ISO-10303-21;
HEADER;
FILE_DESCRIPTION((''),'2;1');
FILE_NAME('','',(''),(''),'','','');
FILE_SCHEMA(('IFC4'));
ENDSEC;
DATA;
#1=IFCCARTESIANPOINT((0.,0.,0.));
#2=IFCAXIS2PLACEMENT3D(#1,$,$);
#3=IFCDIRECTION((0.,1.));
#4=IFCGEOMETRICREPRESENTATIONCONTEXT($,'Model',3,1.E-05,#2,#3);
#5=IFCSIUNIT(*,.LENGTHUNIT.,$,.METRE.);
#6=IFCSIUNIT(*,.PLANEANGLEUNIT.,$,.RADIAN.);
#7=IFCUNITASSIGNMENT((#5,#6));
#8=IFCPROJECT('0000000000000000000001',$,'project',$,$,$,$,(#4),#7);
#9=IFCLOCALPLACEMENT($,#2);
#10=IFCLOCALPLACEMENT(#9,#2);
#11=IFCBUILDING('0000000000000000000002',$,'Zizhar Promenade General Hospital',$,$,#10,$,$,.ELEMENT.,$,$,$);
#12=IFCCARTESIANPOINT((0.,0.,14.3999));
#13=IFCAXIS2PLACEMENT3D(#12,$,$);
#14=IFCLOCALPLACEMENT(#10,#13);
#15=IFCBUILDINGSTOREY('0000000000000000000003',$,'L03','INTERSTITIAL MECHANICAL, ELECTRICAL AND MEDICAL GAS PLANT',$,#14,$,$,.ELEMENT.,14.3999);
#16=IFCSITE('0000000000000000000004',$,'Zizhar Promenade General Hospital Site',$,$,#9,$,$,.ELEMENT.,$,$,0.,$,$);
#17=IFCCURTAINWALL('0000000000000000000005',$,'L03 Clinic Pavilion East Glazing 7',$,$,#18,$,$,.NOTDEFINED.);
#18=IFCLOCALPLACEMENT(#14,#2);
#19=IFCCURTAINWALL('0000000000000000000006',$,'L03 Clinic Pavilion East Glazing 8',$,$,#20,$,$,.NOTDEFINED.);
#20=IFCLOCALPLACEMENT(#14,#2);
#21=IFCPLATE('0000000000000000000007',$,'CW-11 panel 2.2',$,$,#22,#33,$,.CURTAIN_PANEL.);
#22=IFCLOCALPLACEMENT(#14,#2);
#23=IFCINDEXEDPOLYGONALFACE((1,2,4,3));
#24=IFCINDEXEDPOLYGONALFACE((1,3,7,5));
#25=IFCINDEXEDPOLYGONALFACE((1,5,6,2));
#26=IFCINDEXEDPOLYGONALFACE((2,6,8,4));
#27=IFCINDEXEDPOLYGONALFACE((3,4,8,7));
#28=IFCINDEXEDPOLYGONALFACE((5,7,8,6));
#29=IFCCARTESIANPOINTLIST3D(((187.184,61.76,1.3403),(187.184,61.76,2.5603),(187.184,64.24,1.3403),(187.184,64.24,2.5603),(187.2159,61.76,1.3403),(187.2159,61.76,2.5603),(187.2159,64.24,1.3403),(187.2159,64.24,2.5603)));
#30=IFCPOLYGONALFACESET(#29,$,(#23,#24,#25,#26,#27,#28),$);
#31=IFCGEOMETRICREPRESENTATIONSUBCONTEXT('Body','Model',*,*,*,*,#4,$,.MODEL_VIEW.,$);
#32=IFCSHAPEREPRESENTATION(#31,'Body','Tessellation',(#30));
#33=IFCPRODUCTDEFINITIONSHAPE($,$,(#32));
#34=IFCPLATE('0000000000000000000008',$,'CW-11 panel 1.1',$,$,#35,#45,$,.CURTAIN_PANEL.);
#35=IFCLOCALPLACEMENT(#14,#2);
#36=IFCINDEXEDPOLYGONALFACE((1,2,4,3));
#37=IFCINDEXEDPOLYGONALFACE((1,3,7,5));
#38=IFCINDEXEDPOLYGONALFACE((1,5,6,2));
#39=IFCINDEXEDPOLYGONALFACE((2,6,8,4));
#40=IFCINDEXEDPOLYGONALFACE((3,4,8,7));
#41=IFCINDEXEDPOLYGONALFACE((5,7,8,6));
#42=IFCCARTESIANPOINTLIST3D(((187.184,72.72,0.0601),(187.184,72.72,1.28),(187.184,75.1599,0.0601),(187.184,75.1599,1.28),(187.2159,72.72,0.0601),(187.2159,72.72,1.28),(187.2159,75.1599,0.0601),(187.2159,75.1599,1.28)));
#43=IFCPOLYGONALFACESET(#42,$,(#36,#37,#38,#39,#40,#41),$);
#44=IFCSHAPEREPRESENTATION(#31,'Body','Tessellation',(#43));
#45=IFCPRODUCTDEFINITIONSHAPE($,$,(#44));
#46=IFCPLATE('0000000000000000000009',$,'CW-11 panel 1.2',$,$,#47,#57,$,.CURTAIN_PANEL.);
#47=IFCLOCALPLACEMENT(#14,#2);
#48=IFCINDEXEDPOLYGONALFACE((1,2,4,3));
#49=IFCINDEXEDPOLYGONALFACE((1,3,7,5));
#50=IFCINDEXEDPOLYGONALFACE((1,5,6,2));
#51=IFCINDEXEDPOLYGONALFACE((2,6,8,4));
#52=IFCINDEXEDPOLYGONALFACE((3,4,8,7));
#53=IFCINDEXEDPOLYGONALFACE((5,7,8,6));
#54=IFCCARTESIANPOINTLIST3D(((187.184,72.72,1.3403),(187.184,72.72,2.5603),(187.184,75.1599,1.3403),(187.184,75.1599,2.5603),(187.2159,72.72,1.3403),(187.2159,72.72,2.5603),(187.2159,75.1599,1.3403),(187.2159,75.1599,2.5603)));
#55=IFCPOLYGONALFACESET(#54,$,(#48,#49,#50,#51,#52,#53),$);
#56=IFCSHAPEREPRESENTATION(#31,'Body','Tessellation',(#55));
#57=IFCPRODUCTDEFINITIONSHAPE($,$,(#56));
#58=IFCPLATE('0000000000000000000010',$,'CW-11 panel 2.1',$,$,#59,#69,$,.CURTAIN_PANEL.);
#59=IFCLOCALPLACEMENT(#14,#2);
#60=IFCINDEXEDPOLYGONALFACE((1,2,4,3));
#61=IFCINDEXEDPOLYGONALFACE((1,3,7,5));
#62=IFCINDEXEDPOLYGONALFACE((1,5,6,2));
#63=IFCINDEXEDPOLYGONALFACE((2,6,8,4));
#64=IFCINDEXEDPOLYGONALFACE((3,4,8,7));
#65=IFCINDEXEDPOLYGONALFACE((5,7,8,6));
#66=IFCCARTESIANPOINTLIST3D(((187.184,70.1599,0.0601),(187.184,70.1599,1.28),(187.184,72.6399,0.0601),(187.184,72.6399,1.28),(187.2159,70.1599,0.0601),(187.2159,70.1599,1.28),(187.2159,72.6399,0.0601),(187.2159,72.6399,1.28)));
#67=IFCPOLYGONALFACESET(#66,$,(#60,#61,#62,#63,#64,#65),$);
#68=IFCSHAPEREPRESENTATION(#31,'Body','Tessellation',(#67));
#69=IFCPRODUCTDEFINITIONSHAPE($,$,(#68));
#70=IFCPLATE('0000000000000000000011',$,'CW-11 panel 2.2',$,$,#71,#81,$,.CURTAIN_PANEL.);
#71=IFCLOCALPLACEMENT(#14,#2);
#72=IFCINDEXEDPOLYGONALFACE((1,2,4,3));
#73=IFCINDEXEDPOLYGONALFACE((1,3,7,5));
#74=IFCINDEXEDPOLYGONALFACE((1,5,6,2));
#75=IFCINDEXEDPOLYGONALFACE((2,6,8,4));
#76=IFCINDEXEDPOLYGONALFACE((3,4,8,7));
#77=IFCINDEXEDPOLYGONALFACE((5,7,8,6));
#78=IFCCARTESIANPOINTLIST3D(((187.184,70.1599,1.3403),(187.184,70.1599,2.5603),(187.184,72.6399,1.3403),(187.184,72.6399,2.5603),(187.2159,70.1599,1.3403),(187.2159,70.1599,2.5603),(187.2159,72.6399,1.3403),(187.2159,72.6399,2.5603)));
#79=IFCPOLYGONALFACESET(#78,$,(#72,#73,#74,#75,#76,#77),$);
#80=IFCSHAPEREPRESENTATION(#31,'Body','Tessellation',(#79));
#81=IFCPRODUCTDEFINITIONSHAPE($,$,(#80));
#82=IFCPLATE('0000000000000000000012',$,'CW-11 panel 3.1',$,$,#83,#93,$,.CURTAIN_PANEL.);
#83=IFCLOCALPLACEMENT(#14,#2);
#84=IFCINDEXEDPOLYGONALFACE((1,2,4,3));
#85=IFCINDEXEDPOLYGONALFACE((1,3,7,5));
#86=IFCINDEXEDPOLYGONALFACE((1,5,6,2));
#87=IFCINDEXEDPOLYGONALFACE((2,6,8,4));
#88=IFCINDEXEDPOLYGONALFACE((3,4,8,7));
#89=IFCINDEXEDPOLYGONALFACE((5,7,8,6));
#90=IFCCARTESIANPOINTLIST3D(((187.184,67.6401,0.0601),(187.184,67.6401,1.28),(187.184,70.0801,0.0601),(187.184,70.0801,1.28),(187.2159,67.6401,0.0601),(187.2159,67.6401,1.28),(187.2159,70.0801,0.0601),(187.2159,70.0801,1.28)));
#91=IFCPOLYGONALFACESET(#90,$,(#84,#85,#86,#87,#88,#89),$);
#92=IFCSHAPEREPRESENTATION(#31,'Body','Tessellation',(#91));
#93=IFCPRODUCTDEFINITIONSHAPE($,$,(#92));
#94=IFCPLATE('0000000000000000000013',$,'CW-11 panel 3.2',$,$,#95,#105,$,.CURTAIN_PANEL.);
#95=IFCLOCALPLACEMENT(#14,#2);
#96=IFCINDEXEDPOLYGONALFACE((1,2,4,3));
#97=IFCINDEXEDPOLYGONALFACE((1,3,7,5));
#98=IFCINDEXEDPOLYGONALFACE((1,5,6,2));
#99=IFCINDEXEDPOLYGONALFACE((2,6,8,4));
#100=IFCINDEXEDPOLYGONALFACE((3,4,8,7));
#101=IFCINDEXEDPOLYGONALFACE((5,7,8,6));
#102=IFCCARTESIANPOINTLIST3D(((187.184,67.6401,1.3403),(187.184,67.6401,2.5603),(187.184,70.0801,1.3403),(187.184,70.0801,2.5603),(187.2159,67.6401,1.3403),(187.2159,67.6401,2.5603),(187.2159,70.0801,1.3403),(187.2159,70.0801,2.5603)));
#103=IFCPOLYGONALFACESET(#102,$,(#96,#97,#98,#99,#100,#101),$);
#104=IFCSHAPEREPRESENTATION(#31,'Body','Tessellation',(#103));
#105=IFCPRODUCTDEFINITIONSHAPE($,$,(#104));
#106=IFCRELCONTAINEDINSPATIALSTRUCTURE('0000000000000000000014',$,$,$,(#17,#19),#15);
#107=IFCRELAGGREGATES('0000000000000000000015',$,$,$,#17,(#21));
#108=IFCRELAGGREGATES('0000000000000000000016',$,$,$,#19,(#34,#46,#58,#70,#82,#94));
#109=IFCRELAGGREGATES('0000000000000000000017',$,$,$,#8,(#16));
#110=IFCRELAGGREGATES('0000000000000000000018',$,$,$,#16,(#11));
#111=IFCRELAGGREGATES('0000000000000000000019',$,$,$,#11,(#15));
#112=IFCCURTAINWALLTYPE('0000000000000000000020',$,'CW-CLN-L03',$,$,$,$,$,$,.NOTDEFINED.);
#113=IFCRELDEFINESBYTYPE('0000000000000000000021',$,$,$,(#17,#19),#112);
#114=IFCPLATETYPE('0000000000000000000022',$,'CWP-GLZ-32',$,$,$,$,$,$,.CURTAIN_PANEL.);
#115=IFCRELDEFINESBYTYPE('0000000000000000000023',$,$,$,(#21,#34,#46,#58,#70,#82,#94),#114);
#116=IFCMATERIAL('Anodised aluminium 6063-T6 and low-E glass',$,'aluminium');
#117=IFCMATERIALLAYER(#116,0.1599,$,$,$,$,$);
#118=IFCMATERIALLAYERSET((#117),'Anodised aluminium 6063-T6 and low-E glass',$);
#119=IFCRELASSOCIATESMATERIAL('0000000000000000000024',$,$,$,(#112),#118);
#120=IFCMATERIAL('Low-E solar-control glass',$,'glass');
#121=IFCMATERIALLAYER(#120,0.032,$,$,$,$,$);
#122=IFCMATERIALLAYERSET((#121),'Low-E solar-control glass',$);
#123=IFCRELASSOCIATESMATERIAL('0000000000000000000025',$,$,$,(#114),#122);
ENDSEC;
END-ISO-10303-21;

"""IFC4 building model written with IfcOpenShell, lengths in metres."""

from ifc_helpers import new_model, si_unit, direction, frame, origin, origin_2d, place, context, subcontext, project, spatial, rectangle, extrude, material, layer, layer_set, type_object, element, aggregate, save


model = new_model("IFC4")

# Units and contexts
model_context = context("Model", 3, precision=1e-05, world=origin(), true_north=direction((0.0, 1.0)))
body_context = subcontext(model_context, "Body", "Model", "MODEL_VIEW")
ifc_project = project(units=[si_unit("LENGTHUNIT", "METRE"), si_unit("PLANEANGLEUNIT", "RADIAN")], contexts=[model_context])

# Site, building, storey
site_placement = place(None, origin())
site = spatial("IfcSite", under=ifc_project, at=site_placement, Name="Zizhar Promenade General Hospital Site", CompositionType="ELEMENT", RefElevation=0.0)
building_placement = place(site_placement, origin())
building = spatial("IfcBuilding", under=site, at=building_placement, Name="Zizhar Promenade General Hospital", CompositionType="ELEMENT")
storey_placement = place(building_placement, frame((0.0, 0.0, 14.3999)))
storey = spatial("IfcBuildingStorey", under=building, at=storey_placement, Name="L03", Description="INTERSTITIAL MECHANICAL, ELECTRICAL AND MEDICAL GAS PLANT", CompositionType="ELEMENT", Elevation=14.3999)

# Curtain walls
ifc_material_1 = material(Name="Anodised aluminium 6063-T6 and low-E glass", Category="aluminium")
ifc_layer_1 = layer(ifc_material_1, 0.1599)
ifc_layer_set_1 = layer_set([ifc_layer_1], Name="Anodised aluminium 6063-T6 and low-E glass")
curtain_wall_type = type_object("IfcCurtainWallType", Name="CW-CLN-L03", PredefinedType="NOTDEFINED", material=ifc_layer_set_1)
curtain_wall_1_placement = place(storey_placement, origin())
curtain_wall_1 = element("IfcCurtainWall", 1, at=curtain_wall_1_placement, inside=storey, type_object=curtain_wall_type, Name="L03 Clinic Pavilion East Glazing 7", PredefinedType="NOTDEFINED")
curtain_wall_2_placement = place(storey_placement, origin())
curtain_wall_2 = element("IfcCurtainWall", 2, at=curtain_wall_2_placement, inside=storey, type_object=curtain_wall_type, Name="L03 Clinic Pavilion East Glazing 8", PredefinedType="NOTDEFINED")

# Plates
ifc_material_2 = material(Name="Low-E solar-control glass", Category="glass")
ifc_layer_2 = layer(ifc_material_2, 0.032)
ifc_layer_set_2 = layer_set([ifc_layer_2], Name="Low-E solar-control glass")
plate_type = type_object("IfcPlateType", Name="CWP-GLZ-32", PredefinedType="CURTAIN_PANEL", material=ifc_layer_set_2)
plate_1_placement = place(storey_placement, frame((187.2, 63.0, 1.3403), z_axis=(0.0, 0.0, 1.0), x_axis=(0.0, -1.0, 0.0)))
plate_1 = element("IfcPlate", 3, at=plate_1_placement, type_object=plate_type, Name="CW-11 panel 2.2", PredefinedType="CURTAIN_PANEL", context=body_context, shape_type="SweptSolid", body=[
    extrude(rectangle(XDim=2.48, YDim=0.032, at=origin_2d()), origin(), (0.0, 0.0, 1.0), 1.22),
])
aggregate(curtain_wall_1, [plate_1])
plate_2_placement = place(storey_placement, frame((187.2, 73.9399, 0.0601), z_axis=(0.0, 0.0, 1.0), x_axis=(0.0, -1.0, 0.0)))
plate_2 = element("IfcPlate", 4, at=plate_2_placement, type_object=plate_type, Name="CW-11 panel 1.1", PredefinedType="CURTAIN_PANEL", context=body_context, shape_type="SweptSolid", body=[
    extrude(rectangle(XDim=2.4399, YDim=0.032, at=origin_2d()), origin(), (0.0, 0.0, 1.0), 1.22),
])
plate_3_placement = place(storey_placement, frame((187.2, 73.9399, 1.3403), z_axis=(0.0, 0.0, 1.0), x_axis=(0.0, -1.0, 0.0)))
plate_3 = element("IfcPlate", 5, at=plate_3_placement, type_object=plate_type, Name="CW-11 panel 1.2", PredefinedType="CURTAIN_PANEL", context=body_context, shape_type="SweptSolid", body=[
    extrude(rectangle(XDim=2.4399, YDim=0.032, at=origin_2d()), origin(), (0.0, 0.0, 1.0), 1.22),
])
plate_4_placement = place(storey_placement, frame((187.2, 71.3999, 0.0601), z_axis=(0.0, 0.0, 1.0), x_axis=(0.0, -1.0, 0.0)))
plate_4 = element("IfcPlate", 6, at=plate_4_placement, type_object=plate_type, Name="CW-11 panel 2.1", PredefinedType="CURTAIN_PANEL", context=body_context, shape_type="SweptSolid", body=[
    extrude(rectangle(XDim=2.48, YDim=0.032, at=origin_2d()), origin(), (0.0, 0.0, 1.0), 1.22),
])
plate_5_placement = place(storey_placement, frame((187.2, 71.3999, 1.3403), z_axis=(0.0, 0.0, 1.0), x_axis=(0.0, -1.0, 0.0)))
plate_5 = element("IfcPlate", 7, at=plate_5_placement, type_object=plate_type, Name="CW-11 panel 2.2", PredefinedType="CURTAIN_PANEL", context=body_context, shape_type="SweptSolid", body=[
    extrude(rectangle(XDim=2.48, YDim=0.032, at=origin_2d()), origin(), (0.0, 0.0, 1.0), 1.22),
])
plate_6_placement = place(storey_placement, frame((187.2, 68.8601, 0.0601), z_axis=(0.0, 0.0, 1.0), x_axis=(0.0, -1.0, 0.0)))
plate_6 = element("IfcPlate", 8, at=plate_6_placement, type_object=plate_type, Name="CW-11 panel 3.1", PredefinedType="CURTAIN_PANEL", context=body_context, shape_type="SweptSolid", body=[
    extrude(rectangle(XDim=2.4399, YDim=0.032, at=origin_2d()), origin(), (0.0, 0.0, 1.0), 1.22),
])
plate_7_placement = place(storey_placement, frame((187.2, 68.8601, 1.3403), z_axis=(0.0, 0.0, 1.0), x_axis=(0.0, -1.0, 0.0)))
plate_7 = element("IfcPlate", 9, at=plate_7_placement, type_object=plate_type, Name="CW-11 panel 3.2", PredefinedType="CURTAIN_PANEL", context=body_context, shape_type="SweptSolid", body=[
    extrude(rectangle(XDim=2.4399, YDim=0.032, at=origin_2d()), origin(), (0.0, 0.0, 1.0), 1.22),
])
aggregate(curtain_wall_2, [plate_2, plate_3, plate_4, plate_5, plate_6, plate_7])

save(model, "model.ifc")
